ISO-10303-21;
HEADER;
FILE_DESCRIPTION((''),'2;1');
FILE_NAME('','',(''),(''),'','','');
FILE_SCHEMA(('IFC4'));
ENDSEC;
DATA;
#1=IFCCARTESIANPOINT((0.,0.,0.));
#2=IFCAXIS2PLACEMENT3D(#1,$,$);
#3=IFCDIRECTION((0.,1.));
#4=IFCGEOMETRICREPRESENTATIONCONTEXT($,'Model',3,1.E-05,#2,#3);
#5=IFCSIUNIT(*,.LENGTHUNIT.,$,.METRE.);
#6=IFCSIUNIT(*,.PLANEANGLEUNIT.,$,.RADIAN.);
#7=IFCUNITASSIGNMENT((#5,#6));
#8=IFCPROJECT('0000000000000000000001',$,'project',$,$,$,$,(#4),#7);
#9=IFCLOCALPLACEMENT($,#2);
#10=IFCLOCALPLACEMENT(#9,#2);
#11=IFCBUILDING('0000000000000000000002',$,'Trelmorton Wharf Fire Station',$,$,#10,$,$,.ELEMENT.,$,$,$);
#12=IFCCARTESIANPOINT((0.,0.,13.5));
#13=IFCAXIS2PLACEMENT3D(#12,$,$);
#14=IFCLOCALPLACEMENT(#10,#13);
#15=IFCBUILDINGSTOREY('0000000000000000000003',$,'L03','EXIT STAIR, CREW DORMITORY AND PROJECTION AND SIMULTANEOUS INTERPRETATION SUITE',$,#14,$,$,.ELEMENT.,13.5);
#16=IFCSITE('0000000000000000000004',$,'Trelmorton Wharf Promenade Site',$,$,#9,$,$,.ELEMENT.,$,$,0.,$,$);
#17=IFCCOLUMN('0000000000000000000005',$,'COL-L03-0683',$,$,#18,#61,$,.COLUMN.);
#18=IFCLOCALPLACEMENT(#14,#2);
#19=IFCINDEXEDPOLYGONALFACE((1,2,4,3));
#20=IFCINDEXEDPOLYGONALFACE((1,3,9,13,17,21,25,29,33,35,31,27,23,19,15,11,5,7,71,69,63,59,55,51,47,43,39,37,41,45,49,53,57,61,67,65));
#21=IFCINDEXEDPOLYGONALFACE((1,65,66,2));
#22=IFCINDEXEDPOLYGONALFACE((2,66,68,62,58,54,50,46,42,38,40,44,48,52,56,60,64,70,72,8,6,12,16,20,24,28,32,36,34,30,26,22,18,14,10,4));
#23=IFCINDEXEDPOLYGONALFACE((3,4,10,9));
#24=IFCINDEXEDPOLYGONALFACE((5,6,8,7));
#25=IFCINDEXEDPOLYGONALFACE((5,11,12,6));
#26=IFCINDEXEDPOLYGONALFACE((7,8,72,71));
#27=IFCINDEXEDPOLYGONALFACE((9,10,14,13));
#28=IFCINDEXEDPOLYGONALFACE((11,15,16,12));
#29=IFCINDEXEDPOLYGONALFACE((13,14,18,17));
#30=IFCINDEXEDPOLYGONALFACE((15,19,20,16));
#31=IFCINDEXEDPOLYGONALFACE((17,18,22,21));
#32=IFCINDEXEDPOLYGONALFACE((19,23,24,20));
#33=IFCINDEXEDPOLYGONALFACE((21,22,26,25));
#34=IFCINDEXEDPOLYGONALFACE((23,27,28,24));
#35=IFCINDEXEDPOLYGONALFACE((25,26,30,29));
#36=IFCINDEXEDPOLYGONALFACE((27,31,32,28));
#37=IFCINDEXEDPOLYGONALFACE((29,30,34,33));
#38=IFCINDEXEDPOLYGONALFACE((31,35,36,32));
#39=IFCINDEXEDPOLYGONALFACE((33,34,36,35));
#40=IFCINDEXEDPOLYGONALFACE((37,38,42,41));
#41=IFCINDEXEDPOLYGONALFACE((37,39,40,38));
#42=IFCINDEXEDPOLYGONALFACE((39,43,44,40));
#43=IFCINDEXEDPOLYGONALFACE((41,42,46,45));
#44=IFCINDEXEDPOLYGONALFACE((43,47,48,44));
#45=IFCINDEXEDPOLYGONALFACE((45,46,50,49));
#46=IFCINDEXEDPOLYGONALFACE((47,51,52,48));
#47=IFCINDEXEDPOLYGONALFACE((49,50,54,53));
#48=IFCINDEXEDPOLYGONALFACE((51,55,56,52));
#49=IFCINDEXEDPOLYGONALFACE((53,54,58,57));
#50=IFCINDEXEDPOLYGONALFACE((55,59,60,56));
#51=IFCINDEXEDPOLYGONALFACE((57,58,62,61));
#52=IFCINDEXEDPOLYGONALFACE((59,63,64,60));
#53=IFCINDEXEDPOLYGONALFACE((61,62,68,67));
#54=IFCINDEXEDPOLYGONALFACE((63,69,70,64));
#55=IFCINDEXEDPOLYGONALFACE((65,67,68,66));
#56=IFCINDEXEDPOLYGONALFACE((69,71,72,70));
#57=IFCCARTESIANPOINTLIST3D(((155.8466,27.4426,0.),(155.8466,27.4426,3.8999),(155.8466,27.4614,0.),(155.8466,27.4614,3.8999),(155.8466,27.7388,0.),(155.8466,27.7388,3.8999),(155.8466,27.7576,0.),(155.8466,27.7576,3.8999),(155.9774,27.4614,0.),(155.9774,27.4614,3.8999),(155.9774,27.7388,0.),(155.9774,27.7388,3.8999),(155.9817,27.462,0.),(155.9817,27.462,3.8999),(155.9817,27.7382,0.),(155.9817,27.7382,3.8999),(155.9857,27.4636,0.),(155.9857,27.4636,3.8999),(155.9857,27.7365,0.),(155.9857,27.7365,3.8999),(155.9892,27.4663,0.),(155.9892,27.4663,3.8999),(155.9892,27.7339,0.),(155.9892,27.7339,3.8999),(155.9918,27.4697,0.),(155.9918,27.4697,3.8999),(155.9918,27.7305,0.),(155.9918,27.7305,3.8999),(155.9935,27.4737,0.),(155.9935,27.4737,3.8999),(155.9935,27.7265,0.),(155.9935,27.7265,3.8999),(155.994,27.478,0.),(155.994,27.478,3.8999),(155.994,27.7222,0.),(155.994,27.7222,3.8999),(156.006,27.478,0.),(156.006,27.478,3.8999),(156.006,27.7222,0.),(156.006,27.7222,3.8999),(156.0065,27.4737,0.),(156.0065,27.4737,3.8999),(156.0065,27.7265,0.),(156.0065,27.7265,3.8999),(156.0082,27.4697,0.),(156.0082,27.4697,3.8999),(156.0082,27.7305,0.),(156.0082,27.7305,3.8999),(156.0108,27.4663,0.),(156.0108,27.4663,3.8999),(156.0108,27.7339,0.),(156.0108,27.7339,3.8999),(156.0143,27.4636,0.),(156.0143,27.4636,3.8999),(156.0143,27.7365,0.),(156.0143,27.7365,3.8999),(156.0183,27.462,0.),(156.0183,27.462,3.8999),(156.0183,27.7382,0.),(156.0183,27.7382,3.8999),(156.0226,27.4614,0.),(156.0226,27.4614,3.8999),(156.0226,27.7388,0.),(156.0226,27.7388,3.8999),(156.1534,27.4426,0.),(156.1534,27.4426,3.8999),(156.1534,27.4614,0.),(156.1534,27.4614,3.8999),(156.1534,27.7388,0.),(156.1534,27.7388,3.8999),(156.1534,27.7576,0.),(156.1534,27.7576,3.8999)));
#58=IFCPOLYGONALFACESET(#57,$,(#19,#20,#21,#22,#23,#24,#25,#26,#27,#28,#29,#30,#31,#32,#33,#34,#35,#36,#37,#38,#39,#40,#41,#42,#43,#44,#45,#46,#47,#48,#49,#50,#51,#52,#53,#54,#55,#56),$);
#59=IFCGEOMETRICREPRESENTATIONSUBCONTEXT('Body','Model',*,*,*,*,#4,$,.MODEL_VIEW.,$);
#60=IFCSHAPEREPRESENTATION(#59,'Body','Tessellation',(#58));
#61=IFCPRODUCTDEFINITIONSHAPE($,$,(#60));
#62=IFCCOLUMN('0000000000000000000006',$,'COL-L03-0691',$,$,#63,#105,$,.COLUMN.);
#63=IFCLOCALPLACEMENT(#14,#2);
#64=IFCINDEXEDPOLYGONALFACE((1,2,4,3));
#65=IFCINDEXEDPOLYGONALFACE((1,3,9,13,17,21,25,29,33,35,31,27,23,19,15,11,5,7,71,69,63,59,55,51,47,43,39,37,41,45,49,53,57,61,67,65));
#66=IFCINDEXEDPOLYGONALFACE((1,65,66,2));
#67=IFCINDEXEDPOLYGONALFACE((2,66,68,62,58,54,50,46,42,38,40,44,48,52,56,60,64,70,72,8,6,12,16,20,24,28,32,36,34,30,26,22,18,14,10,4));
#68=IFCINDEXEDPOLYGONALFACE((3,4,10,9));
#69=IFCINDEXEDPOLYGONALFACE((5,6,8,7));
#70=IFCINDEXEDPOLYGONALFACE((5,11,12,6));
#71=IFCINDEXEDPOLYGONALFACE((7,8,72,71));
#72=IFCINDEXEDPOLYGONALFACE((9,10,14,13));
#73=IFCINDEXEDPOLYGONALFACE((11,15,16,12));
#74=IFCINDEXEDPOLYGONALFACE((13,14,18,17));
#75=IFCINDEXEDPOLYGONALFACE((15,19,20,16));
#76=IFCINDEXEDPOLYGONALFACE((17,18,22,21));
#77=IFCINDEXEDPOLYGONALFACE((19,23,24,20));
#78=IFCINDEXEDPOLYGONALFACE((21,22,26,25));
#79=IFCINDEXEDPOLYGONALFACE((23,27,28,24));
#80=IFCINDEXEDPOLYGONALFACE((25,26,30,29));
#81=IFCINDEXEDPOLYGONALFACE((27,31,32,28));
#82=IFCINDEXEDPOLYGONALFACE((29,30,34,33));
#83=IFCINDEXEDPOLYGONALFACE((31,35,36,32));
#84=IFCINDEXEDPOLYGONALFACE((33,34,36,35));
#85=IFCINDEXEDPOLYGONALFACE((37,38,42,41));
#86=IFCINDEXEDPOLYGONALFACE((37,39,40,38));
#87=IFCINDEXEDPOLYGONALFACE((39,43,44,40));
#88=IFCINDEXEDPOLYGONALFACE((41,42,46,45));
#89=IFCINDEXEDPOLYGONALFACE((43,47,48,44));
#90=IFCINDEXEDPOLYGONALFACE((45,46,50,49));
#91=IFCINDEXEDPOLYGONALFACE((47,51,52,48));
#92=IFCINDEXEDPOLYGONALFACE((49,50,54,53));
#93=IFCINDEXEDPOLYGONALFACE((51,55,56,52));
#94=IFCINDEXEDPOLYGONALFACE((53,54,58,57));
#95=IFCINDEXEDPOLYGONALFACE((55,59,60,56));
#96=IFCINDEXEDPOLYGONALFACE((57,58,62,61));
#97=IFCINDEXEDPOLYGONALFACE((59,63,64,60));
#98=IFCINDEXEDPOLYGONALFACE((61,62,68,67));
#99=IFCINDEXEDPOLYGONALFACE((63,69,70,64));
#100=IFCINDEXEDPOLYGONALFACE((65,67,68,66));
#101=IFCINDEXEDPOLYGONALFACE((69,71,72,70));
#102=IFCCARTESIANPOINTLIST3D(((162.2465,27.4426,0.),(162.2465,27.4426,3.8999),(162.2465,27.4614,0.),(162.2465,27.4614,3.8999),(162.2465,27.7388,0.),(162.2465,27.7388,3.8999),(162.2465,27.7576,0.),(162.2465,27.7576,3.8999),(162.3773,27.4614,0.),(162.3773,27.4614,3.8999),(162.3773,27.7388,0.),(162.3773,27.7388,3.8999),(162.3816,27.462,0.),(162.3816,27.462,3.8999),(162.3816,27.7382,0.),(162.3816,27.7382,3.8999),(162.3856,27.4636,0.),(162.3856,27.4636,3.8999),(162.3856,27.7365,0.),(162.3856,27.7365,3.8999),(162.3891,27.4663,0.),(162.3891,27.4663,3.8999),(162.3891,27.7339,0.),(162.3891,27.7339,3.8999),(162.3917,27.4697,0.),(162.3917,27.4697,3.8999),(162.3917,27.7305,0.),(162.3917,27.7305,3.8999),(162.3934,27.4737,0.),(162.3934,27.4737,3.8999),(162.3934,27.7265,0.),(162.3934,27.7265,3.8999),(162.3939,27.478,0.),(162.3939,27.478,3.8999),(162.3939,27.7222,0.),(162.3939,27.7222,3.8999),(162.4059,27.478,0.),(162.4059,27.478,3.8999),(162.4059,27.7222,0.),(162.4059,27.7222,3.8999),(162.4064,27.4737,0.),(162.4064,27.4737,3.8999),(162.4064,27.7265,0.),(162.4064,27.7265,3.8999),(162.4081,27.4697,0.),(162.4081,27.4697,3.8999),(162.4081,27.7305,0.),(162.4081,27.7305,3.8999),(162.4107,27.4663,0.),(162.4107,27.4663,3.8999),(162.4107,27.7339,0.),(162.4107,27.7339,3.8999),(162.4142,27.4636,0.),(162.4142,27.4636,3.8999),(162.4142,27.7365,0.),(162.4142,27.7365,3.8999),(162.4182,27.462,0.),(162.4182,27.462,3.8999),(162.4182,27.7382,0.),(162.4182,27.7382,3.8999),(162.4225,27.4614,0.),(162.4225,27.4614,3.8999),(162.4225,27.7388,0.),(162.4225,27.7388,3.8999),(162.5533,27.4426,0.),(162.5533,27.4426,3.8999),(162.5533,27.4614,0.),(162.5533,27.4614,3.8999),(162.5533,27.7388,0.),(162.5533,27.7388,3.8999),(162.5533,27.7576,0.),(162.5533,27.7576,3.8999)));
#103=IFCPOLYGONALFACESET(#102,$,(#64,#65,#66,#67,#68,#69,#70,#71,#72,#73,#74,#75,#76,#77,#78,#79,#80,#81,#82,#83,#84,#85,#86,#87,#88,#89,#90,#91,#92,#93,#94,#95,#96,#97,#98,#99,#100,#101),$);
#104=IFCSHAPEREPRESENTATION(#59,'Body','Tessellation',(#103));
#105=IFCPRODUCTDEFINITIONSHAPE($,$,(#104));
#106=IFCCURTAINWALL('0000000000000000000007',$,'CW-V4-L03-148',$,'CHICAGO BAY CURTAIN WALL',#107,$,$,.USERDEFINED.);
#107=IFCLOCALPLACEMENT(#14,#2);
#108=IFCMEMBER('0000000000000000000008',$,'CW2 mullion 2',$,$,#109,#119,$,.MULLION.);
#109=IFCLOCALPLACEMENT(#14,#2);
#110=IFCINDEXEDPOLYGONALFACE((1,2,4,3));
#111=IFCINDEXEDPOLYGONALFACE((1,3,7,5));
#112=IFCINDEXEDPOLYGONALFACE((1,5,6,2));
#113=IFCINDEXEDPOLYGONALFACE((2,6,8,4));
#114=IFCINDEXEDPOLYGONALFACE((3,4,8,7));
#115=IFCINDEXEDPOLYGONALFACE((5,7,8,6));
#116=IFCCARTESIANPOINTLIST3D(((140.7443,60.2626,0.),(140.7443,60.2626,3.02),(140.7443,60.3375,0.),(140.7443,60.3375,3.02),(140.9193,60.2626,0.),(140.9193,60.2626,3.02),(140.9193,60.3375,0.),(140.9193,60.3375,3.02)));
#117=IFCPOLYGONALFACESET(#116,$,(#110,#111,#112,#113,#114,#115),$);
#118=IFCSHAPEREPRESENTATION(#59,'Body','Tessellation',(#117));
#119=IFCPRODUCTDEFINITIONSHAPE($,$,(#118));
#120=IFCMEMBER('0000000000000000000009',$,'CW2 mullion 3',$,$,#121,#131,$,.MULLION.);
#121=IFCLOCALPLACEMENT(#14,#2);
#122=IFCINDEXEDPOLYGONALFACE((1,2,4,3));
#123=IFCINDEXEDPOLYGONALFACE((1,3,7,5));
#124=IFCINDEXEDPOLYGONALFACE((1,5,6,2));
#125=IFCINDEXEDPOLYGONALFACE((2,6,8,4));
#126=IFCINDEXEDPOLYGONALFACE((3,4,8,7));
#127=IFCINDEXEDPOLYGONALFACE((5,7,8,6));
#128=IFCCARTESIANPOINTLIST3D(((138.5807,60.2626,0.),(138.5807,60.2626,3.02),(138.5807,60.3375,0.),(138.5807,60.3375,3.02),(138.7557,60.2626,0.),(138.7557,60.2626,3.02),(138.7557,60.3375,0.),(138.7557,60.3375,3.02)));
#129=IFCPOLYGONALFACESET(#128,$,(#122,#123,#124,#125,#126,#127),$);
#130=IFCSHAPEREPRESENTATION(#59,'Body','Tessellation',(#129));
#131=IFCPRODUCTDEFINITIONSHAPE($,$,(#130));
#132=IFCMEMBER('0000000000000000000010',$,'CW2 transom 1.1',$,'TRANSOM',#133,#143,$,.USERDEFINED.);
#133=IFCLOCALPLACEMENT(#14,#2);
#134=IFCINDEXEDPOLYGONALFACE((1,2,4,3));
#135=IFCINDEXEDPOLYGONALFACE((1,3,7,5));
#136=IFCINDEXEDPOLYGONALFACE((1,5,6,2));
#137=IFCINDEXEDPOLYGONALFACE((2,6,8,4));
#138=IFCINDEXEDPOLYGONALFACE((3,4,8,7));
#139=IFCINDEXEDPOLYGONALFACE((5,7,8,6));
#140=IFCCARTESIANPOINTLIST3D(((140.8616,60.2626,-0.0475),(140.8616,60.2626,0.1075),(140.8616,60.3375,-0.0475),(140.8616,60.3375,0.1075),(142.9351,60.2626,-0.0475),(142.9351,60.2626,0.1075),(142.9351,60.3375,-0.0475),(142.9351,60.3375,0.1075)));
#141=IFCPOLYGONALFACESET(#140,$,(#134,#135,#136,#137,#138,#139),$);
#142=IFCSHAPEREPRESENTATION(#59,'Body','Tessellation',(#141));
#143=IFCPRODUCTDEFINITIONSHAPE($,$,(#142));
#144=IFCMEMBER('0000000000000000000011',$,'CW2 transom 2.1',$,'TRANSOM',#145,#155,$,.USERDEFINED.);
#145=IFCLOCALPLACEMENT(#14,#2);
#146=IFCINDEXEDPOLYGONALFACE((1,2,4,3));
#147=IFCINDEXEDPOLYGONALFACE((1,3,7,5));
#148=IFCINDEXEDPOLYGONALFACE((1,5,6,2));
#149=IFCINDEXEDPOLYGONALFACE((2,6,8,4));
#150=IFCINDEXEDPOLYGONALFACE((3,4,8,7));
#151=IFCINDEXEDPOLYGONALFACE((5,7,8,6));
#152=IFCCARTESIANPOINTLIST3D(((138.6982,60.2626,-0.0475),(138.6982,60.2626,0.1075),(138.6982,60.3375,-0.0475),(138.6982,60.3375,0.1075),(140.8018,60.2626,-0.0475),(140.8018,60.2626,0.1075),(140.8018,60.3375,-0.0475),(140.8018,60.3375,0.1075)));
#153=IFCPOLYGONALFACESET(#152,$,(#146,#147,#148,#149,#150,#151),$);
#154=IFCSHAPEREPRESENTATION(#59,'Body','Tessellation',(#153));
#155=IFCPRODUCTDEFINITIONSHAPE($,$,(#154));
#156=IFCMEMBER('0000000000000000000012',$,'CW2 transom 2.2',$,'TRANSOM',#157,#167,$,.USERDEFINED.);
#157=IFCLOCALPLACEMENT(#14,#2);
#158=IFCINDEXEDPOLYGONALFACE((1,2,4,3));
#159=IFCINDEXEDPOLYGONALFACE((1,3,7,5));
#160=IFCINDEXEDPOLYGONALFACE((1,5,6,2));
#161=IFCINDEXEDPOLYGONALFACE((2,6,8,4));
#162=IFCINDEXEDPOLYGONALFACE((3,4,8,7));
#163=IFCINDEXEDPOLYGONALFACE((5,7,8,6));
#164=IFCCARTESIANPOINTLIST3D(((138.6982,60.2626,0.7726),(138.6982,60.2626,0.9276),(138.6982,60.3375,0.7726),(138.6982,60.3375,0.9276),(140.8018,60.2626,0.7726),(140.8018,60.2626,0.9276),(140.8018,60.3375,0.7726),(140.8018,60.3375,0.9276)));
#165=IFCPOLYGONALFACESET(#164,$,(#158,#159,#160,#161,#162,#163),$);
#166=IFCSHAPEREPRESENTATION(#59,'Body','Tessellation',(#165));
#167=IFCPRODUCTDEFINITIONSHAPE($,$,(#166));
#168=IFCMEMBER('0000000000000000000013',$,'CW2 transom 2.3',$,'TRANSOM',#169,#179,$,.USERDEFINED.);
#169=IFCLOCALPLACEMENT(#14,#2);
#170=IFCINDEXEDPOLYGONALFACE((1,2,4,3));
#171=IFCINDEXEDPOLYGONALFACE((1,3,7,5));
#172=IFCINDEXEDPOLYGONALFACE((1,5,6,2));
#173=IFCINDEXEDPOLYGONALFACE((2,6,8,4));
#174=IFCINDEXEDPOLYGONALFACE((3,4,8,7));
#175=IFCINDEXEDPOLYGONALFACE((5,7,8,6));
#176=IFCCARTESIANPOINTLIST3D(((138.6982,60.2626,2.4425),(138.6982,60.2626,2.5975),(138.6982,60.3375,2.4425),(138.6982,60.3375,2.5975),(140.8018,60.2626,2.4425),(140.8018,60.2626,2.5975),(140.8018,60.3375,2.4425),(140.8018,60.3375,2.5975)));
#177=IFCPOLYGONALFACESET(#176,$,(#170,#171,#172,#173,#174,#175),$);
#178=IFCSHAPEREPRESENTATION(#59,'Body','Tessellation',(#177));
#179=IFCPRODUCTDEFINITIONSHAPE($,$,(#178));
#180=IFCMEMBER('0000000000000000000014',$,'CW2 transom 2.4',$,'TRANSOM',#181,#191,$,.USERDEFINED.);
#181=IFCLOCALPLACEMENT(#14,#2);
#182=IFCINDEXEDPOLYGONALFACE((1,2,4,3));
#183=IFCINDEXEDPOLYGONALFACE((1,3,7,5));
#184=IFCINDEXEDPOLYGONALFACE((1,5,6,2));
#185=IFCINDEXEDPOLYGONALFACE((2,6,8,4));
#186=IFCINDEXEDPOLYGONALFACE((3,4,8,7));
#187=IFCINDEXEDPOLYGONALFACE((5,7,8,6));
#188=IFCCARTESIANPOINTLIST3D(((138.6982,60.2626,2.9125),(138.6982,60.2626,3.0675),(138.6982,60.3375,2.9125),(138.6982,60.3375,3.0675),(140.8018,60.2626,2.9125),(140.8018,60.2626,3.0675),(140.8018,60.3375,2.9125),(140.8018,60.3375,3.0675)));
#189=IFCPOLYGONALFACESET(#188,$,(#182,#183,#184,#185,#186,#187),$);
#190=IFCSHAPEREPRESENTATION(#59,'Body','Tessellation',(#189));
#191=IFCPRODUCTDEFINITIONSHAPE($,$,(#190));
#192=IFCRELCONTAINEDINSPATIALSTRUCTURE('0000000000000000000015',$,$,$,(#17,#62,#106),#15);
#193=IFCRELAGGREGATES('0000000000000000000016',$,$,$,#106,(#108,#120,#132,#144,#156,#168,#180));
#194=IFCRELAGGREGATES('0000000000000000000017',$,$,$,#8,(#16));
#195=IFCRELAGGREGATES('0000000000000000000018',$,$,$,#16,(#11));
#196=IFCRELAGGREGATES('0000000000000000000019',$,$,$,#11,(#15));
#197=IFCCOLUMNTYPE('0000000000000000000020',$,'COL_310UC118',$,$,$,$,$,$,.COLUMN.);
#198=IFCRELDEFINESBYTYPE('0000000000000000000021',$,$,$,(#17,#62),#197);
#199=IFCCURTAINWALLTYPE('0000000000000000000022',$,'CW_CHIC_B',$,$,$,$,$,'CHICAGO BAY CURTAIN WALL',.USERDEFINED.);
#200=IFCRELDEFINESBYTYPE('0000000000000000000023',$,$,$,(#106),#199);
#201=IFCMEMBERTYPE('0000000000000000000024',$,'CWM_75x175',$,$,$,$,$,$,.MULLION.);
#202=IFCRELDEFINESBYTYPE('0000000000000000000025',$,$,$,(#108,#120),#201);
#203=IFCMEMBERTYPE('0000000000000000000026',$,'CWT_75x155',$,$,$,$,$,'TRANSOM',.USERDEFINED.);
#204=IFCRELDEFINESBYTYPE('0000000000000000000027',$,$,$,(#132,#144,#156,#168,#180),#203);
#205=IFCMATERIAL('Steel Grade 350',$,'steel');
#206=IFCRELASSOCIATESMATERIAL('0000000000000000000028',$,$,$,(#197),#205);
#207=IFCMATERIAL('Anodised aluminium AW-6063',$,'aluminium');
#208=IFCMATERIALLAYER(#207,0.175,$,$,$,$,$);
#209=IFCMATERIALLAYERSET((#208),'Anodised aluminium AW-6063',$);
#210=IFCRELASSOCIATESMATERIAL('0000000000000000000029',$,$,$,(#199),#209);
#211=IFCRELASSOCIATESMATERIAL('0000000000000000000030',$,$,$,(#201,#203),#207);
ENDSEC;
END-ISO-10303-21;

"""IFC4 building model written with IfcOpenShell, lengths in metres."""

from ifc_helpers import new_model, si_unit, direction, frame, origin, origin_2d, place, context, subcontext, project, spatial, rectangle, i_section, extrude, material, layer, layer_set, material_profile, profile_set, type_object, element, aggregate, save


model = new_model("IFC4")

# Units and contexts
model_context = context("Model", 3, precision=1e-05, world=origin(), true_north=direction((0.0, 1.0)))
body_context = subcontext(model_context, "Body", "Model", "MODEL_VIEW")
ifc_project = project(units=[si_unit("LENGTHUNIT", "METRE"), si_unit("PLANEANGLEUNIT", "RADIAN")], contexts=[model_context])

# Site, building, storey
site_placement = place(None, origin())
site = spatial("IfcSite", under=ifc_project, at=site_placement, Name="Trelmorton Wharf Promenade Site", CompositionType="ELEMENT", RefElevation=0.0)
building_placement = place(site_placement, origin())
building = spatial("IfcBuilding", under=site, at=building_placement, Name="Trelmorton Wharf Fire Station", CompositionType="ELEMENT")
storey_placement = place(building_placement, frame((0.0, 0.0, 13.5)))
storey = spatial("IfcBuildingStorey", under=building, at=storey_placement, Name="L03", Description="EXIT STAIR, CREW DORMITORY AND PROJECTION AND SIMULTANEOUS INTERPRETATION SUITE", CompositionType="ELEMENT", Elevation=13.5)

# Columns
ifc_material_1 = material(Name="Steel Grade 350", Category="steel")
ifc_material_profile_1 = material_profile(ifc_material_1, i_section(OverallWidth=0.3069, OverallDepth=0.3149, WebThickness=0.012, FlangeThickness=0.0188, FilletRadius=0.0166, at=origin_2d()), Name="310UC118")
ifc_profile_set_1 = profile_set([ifc_material_profile_1], Name="Steel Grade 350")
column_type = type_object("IfcColumnType", Name="COL_310UC118", PredefinedType="COLUMN", material=ifc_profile_set_1)
for number, where, z_axis, x_axis, name in (
    (1, (156.0, 27.6001, 0.0), (0.0, 0.0, 1.0), (1.0, 0.0, 0.0), "COL-L03-0683"),
    (2, (162.3999, 27.6001, 0.0), (0.0, 0.0, 1.0), (1.0, 0.0, 0.0), "COL-L03-0691"),
):
    element("IfcColumn", number, at=place(storey_placement, frame(where, z_axis=z_axis, x_axis=x_axis)), inside=storey, type_object=column_type, Name=name, PredefinedType="COLUMN", context=body_context, shape_type="SweptSolid", body=[
        extrude(i_section(OverallWidth=0.3069, OverallDepth=0.3149, WebThickness=0.012, FlangeThickness=0.0188, FilletRadius=0.0166, at=origin_2d()), origin(), (0.0, 0.0, 1.0), 3.8999),
    ])

# Curtain wall, members
ifc_material_2 = material(Name="Anodised aluminium AW-6063", Category="aluminium")
ifc_layer_1 = layer(ifc_material_2, 0.175)
ifc_layer_set_1 = layer_set([ifc_layer_1], Name="Anodised aluminium AW-6063")
curtain_wall_type = type_object("IfcCurtainWallType", Name="CW_CHIC_B", ElementType="CHICAGO BAY CURTAIN WALL", PredefinedType="USERDEFINED", material=ifc_layer_set_1)
curtain_wall_placement = place(storey_placement, origin())
curtain_wall = element("IfcCurtainWall", 3, at=curtain_wall_placement, inside=storey, type_object=curtain_wall_type, Name="CW-V4-L03-148", ObjectType="CHICAGO BAY CURTAIN WALL", PredefinedType="USERDEFINED")
ifc_material_profile_2 = material_profile(ifc_material_2, rectangle(XDim=0.075, YDim=0.175, at=origin_2d()), Name="ALU-75x175")
ifc_profile_set_2 = profile_set([ifc_material_profile_2], Name="Anodised aluminium AW-6063")
member_type_1 = type_object("IfcMemberType", Name="CWM_75x175", PredefinedType="MULLION", material=ifc_profile_set_2)
member_1_placement = place(storey_placement, frame((140.8318, 60.3, 0.0), z_axis=(0.0, 0.0, 1.0), x_axis=(0.0, -1.0, 0.0)))
member_1 = element("IfcMember", 4, at=member_1_placement, type_object=member_type_1, Name="CW2 mullion 2", PredefinedType="MULLION", context=body_context, shape_type="SweptSolid", body=[
    extrude(rectangle(XDim=0.075, YDim=0.175, at=origin_2d()), origin(), (0.0, 0.0, 1.0), 3.02),
])
member_2_placement = place(storey_placement, frame((138.6682, 60.3, 0.0), z_axis=(0.0, 0.0, 1.0), x_axis=(0.0, -1.0, 0.0)))
member_2 = element("IfcMember", 5, at=member_2_placement, type_object=member_type_1, Name="CW2 mullion 3", PredefinedType="MULLION", context=body_context, shape_type="SweptSolid", body=[
    extrude(rectangle(XDim=0.075, YDim=0.175, at=origin_2d()), origin(), (0.0, 0.0, 1.0), 3.02),
])
ifc_material_profile_3 = material_profile(ifc_material_2, rectangle(XDim=0.075, YDim=0.155, at=origin_2d()), Name="ALU-75x155")
ifc_profile_set_3 = profile_set([ifc_material_profile_3], Name="Anodised aluminium AW-6063")
member_type_2 = type_object("IfcMemberType", Name="CWT_75x155", ElementType="TRANSOM", PredefinedType="USERDEFINED", material=ifc_profile_set_3)
member_3_placement = place(storey_placement, frame((142.9351, 60.3, 0.03), z_axis=(-1.0, 0.0, 0.0), x_axis=(0.0, -1.0, 0.0)))
member_3 = element("IfcMember", 6, at=member_3_placement, type_object=member_type_2, Name="CW2 transom 1.1", ObjectType="TRANSOM", PredefinedType="USERDEFINED", context=body_context, shape_type="SweptSolid", body=[
    extrude(rectangle(XDim=0.075, YDim=0.155, at=origin_2d()), origin(), (0.0, 0.0, 1.0), 2.0735),
])
member_4_placement = place(storey_placement, frame((140.8018, 60.3, 0.03), z_axis=(-1.0, 0.0, 0.0), x_axis=(0.0, -1.0, 0.0)))
member_4 = element("IfcMember", 7, at=member_4_placement, type_object=member_type_2, Name="CW2 transom 2.1", ObjectType="TRANSOM", PredefinedType="USERDEFINED", context=body_context, shape_type="SweptSolid", body=[
    extrude(rectangle(XDim=0.075, YDim=0.155, at=origin_2d()), origin(), (0.0, 0.0, 1.0), 2.1035),
])
member_5_placement = place(storey_placement, frame((140.8018, 60.3, 0.8501), z_axis=(-1.0, 0.0, 0.0), x_axis=(0.0, -1.0, 0.0)))
member_5 = element("IfcMember", 8, at=member_5_placement, type_object=member_type_2, Name="CW2 transom 2.2", ObjectType="TRANSOM", PredefinedType="USERDEFINED", context=body_context, shape_type="SweptSolid", body=[
    extrude(rectangle(XDim=0.075, YDim=0.155, at=origin_2d()), origin(), (0.0, 0.0, 1.0), 2.1035),
])
member_6_placement = place(storey_placement, frame((140.8018, 60.3, 2.52), z_axis=(-1.0, 0.0, 0.0), x_axis=(0.0, -1.0, 0.0)))
member_6 = element("IfcMember", 9, at=member_6_placement, type_object=member_type_2, Name="CW2 transom 2.3", ObjectType="TRANSOM", PredefinedType="USERDEFINED", context=body_context, shape_type="SweptSolid", body=[
    extrude(rectangle(XDim=0.075, YDim=0.155, at=origin_2d()), origin(), (0.0, 0.0, 1.0), 2.1035),
])
member_7_placement = place(storey_placement, frame((140.8018, 60.3, 2.99), z_axis=(-1.0, 0.0, 0.0), x_axis=(0.0, -1.0, 0.0)))
member_7 = element("IfcMember", 10, at=member_7_placement, type_object=member_type_2, Name="CW2 transom 2.4", ObjectType="TRANSOM", PredefinedType="USERDEFINED", context=body_context, shape_type="SweptSolid", body=[
    extrude(rectangle(XDim=0.075, YDim=0.155, at=origin_2d()), origin(), (0.0, 0.0, 1.0), 2.1035),
])

aggregate(curtain_wall, [member_1, member_2, member_3, member_4, member_5, member_6, member_7])

save(model, "model.ifc")
